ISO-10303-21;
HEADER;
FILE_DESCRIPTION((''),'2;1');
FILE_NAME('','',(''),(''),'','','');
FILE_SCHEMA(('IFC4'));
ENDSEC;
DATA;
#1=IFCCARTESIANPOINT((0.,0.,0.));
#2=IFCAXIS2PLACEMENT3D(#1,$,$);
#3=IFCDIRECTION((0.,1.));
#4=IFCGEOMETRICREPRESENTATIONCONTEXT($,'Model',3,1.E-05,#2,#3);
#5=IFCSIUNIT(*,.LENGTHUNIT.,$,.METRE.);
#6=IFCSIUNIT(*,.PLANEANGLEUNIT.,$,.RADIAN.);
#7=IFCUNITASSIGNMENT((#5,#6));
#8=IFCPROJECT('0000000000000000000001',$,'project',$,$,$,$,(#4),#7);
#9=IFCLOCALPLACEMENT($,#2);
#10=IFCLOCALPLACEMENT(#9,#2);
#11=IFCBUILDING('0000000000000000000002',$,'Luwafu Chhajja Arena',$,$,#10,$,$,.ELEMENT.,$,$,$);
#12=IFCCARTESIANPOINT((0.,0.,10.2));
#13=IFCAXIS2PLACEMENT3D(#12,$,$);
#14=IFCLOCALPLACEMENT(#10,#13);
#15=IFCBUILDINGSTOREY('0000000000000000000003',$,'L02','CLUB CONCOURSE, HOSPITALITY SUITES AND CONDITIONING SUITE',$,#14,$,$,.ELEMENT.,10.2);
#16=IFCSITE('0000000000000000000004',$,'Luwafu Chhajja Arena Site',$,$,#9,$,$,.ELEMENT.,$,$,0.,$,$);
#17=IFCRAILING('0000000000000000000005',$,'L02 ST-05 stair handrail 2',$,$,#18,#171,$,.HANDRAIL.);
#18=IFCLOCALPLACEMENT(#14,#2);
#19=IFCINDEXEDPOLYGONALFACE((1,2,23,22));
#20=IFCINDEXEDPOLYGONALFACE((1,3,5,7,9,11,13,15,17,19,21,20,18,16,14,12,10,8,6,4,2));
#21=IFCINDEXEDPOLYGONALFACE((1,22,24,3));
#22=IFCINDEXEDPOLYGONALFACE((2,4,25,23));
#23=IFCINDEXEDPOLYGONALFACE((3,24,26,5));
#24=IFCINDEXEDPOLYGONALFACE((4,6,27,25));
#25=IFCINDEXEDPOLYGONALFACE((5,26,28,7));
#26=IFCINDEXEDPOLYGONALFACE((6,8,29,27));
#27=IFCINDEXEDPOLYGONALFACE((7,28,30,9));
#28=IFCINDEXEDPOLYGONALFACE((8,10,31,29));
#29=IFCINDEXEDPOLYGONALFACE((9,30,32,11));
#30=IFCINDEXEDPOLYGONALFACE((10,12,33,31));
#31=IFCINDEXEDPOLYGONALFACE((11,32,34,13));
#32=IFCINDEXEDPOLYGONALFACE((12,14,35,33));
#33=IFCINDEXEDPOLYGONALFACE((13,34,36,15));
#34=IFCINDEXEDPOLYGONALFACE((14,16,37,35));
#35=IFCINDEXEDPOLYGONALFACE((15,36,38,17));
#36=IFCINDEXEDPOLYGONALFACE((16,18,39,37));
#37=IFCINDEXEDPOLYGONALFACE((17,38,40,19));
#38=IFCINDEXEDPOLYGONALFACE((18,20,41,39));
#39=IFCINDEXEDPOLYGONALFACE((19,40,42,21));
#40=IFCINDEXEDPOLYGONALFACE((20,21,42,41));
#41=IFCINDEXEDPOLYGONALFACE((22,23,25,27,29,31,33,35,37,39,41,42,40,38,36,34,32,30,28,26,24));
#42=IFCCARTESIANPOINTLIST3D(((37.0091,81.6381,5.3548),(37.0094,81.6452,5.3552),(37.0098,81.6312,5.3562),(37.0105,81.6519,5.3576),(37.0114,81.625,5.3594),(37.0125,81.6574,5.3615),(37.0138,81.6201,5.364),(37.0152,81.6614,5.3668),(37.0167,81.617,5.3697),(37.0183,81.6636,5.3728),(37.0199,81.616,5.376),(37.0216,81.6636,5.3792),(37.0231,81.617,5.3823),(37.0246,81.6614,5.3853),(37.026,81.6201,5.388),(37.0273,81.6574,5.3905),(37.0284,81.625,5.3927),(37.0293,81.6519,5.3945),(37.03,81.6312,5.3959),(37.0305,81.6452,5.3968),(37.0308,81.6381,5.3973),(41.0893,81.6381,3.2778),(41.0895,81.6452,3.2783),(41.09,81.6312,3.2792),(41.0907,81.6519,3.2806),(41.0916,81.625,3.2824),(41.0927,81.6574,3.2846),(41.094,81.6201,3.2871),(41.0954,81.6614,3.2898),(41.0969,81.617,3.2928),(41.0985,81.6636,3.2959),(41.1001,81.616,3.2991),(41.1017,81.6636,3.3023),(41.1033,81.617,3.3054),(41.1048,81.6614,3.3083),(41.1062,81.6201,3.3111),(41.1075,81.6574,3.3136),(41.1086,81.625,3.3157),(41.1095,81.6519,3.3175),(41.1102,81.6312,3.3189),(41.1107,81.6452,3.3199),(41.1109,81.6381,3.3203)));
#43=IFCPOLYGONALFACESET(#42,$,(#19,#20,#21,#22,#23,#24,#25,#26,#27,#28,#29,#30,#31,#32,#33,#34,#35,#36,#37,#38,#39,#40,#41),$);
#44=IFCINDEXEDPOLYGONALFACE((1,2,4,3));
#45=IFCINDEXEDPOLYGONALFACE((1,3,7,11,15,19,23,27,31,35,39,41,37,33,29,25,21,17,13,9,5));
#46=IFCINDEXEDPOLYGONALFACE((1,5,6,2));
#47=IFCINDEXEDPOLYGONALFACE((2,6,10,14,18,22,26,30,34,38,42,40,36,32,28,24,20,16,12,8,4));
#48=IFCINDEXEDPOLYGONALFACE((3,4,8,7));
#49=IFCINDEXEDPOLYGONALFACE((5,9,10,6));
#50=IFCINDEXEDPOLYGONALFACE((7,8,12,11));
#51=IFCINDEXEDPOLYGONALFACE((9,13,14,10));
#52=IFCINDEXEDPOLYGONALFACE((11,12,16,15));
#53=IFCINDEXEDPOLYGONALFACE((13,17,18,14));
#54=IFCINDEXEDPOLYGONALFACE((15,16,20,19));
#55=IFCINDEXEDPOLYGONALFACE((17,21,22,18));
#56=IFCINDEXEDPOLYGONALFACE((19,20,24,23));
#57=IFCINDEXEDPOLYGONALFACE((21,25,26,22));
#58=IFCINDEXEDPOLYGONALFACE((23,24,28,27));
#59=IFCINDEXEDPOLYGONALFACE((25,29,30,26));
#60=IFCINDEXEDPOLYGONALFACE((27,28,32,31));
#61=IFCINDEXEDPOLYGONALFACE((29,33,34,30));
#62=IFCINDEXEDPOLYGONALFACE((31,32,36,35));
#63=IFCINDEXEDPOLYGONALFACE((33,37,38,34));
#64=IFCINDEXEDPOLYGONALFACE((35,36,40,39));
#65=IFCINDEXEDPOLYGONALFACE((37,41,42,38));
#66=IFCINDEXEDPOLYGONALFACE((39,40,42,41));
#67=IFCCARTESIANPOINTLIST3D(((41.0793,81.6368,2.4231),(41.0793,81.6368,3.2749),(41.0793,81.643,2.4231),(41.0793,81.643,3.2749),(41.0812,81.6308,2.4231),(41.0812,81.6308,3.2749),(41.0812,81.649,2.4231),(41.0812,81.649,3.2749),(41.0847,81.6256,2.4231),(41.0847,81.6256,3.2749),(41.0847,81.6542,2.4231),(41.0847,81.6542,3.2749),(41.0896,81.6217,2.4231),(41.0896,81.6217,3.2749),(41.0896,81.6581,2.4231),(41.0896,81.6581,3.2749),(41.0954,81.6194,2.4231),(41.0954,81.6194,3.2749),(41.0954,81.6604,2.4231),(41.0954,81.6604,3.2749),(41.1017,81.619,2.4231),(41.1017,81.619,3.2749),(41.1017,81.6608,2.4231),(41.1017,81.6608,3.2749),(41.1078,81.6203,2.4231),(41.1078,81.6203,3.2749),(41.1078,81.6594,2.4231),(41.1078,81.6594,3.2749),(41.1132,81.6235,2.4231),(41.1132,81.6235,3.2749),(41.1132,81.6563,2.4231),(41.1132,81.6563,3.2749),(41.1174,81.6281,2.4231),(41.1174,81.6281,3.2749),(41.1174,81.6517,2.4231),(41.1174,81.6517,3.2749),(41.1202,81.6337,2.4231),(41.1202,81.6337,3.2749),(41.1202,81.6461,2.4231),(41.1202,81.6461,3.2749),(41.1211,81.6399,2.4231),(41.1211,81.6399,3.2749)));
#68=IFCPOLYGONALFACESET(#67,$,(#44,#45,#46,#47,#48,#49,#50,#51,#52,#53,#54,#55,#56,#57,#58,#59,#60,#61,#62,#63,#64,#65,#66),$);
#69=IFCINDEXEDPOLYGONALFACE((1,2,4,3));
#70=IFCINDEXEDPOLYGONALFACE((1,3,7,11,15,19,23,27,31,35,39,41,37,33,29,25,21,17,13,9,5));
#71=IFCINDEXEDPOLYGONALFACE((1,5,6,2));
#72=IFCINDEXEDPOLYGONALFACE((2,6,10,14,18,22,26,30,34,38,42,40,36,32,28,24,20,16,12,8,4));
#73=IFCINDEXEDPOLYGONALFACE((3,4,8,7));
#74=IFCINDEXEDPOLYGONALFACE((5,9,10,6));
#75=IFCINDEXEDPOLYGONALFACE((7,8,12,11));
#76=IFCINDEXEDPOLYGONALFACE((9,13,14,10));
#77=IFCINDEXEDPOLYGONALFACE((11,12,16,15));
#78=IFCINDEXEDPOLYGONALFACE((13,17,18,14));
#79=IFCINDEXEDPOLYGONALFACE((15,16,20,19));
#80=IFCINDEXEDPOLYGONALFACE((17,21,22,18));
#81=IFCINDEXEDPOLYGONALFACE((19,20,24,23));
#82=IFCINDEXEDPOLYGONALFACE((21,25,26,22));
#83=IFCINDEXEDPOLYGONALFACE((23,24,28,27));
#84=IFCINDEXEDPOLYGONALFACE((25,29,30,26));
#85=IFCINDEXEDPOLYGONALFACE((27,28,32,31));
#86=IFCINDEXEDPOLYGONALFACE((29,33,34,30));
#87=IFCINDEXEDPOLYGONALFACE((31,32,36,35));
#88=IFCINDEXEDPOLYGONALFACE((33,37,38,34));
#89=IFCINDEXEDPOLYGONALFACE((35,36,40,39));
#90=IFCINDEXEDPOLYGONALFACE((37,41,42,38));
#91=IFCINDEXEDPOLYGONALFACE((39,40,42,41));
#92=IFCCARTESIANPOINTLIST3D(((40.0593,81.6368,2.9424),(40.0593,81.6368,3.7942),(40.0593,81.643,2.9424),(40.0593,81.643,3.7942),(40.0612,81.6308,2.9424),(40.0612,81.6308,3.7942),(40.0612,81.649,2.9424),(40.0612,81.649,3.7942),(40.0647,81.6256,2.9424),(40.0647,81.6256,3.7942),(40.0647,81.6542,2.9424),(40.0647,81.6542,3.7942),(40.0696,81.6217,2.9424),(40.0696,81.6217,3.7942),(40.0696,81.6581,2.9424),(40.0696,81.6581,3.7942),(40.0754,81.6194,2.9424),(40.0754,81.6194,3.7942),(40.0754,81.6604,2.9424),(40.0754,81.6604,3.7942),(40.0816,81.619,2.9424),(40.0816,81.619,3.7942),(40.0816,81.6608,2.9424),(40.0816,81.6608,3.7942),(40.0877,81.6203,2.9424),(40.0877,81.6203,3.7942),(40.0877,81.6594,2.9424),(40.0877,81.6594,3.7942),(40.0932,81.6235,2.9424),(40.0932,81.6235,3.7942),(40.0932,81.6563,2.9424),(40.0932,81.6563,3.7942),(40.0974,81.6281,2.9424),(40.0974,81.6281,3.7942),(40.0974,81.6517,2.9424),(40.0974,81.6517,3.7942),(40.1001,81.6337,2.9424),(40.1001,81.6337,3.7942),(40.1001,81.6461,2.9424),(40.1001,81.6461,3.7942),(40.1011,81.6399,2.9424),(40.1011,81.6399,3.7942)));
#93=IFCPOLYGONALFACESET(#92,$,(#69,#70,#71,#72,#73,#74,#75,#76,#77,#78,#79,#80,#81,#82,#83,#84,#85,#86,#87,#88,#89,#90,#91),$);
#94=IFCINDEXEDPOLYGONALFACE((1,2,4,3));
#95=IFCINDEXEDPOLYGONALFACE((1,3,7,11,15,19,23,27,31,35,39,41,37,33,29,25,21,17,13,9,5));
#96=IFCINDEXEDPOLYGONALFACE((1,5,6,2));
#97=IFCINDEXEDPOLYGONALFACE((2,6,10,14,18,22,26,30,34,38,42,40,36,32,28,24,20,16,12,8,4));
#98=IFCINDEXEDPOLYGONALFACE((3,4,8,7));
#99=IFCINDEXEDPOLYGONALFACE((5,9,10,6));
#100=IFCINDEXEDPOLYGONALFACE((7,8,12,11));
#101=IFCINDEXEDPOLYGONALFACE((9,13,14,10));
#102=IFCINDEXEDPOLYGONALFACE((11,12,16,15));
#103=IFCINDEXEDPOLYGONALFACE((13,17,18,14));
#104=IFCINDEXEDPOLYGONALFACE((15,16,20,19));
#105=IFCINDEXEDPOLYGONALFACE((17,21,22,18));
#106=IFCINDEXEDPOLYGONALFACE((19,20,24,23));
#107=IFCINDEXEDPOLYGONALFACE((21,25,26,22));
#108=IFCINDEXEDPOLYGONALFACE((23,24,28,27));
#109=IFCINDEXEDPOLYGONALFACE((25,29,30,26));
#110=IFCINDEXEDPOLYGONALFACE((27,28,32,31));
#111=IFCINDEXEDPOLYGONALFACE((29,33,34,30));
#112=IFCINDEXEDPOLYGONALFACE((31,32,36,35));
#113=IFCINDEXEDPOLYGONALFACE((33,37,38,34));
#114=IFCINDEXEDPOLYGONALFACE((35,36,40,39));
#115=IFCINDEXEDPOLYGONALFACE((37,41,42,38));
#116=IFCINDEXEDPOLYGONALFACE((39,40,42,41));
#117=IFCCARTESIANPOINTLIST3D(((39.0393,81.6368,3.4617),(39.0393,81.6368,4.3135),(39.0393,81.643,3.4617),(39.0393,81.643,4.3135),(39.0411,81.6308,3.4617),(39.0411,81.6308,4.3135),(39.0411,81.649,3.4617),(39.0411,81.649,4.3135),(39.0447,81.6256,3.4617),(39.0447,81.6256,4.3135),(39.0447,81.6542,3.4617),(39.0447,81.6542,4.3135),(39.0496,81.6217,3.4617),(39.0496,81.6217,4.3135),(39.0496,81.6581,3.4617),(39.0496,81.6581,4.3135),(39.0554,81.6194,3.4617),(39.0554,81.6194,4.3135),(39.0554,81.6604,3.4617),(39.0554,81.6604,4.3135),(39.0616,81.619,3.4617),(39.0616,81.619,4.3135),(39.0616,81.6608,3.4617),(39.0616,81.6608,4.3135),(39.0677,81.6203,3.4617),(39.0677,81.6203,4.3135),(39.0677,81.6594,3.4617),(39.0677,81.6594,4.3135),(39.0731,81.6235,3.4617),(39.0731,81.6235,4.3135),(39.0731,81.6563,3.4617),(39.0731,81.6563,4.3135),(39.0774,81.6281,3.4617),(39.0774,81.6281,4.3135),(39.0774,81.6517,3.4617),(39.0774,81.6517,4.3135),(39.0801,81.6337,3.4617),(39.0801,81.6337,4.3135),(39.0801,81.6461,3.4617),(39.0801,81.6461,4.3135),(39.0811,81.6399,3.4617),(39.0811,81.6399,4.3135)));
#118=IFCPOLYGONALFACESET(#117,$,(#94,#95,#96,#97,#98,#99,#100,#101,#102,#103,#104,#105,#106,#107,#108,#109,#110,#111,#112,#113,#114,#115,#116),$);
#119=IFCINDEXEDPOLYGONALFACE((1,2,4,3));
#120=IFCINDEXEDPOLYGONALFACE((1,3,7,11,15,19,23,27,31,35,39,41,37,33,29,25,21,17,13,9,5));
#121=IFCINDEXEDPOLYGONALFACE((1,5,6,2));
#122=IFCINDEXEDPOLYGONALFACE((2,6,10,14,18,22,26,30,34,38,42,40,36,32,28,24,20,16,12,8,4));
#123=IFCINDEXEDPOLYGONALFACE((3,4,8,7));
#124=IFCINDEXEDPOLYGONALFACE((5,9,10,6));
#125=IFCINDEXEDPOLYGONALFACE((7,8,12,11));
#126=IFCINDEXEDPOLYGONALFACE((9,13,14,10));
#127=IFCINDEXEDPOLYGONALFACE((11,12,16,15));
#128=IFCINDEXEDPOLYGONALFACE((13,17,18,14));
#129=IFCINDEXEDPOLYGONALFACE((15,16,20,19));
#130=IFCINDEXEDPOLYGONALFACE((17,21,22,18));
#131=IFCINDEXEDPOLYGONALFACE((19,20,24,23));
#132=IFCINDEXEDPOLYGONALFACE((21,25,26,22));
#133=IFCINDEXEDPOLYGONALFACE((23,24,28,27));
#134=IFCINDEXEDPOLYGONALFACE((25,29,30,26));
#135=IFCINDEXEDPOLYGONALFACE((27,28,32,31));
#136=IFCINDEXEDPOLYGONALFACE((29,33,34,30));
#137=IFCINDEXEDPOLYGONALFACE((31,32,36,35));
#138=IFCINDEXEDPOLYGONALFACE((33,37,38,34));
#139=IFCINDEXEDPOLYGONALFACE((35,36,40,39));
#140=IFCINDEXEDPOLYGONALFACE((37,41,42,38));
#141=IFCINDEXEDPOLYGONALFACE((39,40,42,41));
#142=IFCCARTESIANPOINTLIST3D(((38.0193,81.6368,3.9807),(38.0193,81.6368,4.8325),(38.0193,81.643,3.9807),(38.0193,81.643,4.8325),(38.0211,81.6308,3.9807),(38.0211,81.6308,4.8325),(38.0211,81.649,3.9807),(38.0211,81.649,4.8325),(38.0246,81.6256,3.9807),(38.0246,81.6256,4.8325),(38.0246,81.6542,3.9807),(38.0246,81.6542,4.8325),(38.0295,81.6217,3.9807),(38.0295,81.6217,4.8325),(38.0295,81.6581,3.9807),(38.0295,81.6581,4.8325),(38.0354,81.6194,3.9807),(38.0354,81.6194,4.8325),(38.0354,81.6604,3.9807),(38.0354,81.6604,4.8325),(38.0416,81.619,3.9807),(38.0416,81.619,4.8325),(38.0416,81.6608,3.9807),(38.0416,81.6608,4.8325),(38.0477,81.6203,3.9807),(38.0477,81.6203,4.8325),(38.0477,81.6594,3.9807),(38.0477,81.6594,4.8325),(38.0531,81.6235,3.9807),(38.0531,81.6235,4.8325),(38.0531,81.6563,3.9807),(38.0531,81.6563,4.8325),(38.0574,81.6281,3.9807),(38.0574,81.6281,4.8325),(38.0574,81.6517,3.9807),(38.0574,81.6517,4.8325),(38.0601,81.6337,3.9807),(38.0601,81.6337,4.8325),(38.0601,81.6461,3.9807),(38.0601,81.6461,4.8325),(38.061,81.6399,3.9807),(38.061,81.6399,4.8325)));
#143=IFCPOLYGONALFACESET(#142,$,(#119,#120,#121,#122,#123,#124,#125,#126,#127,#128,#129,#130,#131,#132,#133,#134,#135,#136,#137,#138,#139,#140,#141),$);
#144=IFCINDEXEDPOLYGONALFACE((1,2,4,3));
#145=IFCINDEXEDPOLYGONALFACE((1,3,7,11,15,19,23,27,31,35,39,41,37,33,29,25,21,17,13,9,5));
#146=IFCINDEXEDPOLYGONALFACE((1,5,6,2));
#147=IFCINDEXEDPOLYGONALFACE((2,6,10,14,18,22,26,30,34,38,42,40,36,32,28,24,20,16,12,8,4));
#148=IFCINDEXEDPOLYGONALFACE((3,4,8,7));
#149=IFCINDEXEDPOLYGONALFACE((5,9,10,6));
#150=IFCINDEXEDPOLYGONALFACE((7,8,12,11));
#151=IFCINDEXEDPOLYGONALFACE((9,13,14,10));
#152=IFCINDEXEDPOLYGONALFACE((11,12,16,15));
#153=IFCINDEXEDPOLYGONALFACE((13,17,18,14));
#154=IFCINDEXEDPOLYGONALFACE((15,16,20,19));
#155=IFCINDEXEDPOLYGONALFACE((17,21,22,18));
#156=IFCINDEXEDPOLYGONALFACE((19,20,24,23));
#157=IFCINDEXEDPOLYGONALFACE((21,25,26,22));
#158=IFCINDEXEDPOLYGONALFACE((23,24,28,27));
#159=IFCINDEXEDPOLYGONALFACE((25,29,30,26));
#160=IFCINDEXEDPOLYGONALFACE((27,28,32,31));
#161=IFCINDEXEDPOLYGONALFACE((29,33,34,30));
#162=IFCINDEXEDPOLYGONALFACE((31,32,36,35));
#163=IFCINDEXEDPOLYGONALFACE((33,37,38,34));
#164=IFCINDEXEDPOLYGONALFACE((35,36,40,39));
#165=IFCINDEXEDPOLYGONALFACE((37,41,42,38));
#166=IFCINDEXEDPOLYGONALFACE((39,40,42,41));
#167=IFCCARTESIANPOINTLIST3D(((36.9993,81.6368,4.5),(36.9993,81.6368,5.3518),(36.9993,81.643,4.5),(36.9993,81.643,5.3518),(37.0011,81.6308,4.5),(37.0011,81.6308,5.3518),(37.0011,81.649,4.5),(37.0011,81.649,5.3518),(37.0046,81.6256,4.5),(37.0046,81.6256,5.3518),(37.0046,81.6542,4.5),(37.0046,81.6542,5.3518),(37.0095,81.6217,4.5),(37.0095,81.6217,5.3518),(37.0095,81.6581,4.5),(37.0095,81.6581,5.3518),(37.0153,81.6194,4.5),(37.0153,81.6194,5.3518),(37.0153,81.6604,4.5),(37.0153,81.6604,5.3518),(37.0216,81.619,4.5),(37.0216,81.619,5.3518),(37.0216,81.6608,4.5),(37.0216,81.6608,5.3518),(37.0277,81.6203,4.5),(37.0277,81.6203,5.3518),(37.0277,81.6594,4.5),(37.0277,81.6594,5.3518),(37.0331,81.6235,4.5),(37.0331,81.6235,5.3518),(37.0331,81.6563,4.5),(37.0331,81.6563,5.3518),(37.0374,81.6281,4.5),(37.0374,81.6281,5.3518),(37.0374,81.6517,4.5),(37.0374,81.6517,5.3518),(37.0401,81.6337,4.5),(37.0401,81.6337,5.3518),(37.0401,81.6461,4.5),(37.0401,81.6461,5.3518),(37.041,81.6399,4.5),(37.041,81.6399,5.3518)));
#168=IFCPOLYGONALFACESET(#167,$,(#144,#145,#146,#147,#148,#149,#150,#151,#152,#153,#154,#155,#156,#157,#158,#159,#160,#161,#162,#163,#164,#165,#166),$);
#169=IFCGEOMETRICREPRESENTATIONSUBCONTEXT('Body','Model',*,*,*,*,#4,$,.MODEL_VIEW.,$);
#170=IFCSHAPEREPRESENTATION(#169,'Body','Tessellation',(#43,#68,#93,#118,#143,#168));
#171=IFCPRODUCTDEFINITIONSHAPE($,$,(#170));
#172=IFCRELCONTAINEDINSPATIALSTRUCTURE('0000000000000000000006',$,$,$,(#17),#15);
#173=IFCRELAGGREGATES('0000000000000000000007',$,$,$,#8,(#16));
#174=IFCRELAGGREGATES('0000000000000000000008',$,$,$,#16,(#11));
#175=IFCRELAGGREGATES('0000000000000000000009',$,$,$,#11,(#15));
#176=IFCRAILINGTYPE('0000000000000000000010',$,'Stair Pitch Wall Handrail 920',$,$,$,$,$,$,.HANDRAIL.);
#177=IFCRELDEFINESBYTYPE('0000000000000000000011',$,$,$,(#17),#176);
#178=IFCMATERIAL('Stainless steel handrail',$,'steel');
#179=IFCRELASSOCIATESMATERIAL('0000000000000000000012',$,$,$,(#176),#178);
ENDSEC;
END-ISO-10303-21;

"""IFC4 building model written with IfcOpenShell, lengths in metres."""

from ifc_helpers import new_model, si_unit, direction, frame, origin, origin_2d, place, context, subcontext, project, spatial, circle, extrude, material, type_object, element, save


model = new_model("IFC4")

# Units and contexts
model_context = context("Model", 3, precision=1e-05, world=origin(), true_north=direction((0.0, 1.0)))
body_context = subcontext(model_context, "Body", "Model", "MODEL_VIEW")
ifc_project = project(units=[si_unit("LENGTHUNIT", "METRE"), si_unit("PLANEANGLEUNIT", "RADIAN")], contexts=[model_context])

# Site, building, storey
site_placement = place(None, origin())
site = spatial("IfcSite", under=ifc_project, at=site_placement, Name="Luwafu Chhajja Arena Site", CompositionType="ELEMENT", RefElevation=0.0)
building_placement = place(site_placement, origin())
building = spatial("IfcBuilding", under=site, at=building_placement, Name="Luwafu Chhajja Arena", CompositionType="ELEMENT")
storey_placement = place(building_placement, frame((0.0, 0.0, 10.2)))
storey = spatial("IfcBuildingStorey", under=building, at=storey_placement, Name="L02", Description="CLUB CONCOURSE, HOSPITALITY SUITES AND CONDITIONING SUITE", CompositionType="ELEMENT", Elevation=10.2)

# Railing
ifc_material_1 = material(Name="Stainless steel handrail", Category="steel")
railing_type_1 = type_object("IfcRailingType", Name="Stair Pitch Wall Handrail 920", PredefinedType="HANDRAIL", material=ifc_material_1)
railing_1_placement = place(storey_placement, frame((41.1001, 81.6399, 2.4231)))
element("IfcRailing", 1, at=railing_1_placement, inside=storey, type_object=railing_type_1, Name="L02 ST-05 stair handrail 2", PredefinedType="HANDRAIL", context=body_context, shape_type="SweptSolid", body=[
    extrude(circle(Radius=0.0239, at=origin_2d()), frame((0.0, 0.0, 0.876), z_axis=(-0.891183, 0.0, 0.453644), x_axis=(0.0, -1.0, 0.0)), (0.0, 0.0, 1.0), 4.5784),
    extrude(circle(Radius=0.021, at=origin_2d()), origin(), (0.0, 0.0, 1.0), 0.8518),
    extrude(circle(Radius=0.021, at=origin_2d()), frame((-1.02, 0.0, 0.5193)), (0.0, 0.0, 1.0), 0.8518),
    extrude(circle(Radius=0.021, at=origin_2d()), frame((-2.04, 0.0, 1.0386)), (0.0, 0.0, 1.0), 0.8518),
    extrude(circle(Radius=0.021, at=origin_2d()), frame((-3.0601, 0.0, 1.5576)), (0.0, 0.0, 1.0), 0.8518),
    extrude(circle(Radius=0.021, at=origin_2d()), frame((-4.0801, 0.0, 2.0769)), (0.0, 0.0, 1.0), 0.8518),
])

save(model, "model.ifc")
